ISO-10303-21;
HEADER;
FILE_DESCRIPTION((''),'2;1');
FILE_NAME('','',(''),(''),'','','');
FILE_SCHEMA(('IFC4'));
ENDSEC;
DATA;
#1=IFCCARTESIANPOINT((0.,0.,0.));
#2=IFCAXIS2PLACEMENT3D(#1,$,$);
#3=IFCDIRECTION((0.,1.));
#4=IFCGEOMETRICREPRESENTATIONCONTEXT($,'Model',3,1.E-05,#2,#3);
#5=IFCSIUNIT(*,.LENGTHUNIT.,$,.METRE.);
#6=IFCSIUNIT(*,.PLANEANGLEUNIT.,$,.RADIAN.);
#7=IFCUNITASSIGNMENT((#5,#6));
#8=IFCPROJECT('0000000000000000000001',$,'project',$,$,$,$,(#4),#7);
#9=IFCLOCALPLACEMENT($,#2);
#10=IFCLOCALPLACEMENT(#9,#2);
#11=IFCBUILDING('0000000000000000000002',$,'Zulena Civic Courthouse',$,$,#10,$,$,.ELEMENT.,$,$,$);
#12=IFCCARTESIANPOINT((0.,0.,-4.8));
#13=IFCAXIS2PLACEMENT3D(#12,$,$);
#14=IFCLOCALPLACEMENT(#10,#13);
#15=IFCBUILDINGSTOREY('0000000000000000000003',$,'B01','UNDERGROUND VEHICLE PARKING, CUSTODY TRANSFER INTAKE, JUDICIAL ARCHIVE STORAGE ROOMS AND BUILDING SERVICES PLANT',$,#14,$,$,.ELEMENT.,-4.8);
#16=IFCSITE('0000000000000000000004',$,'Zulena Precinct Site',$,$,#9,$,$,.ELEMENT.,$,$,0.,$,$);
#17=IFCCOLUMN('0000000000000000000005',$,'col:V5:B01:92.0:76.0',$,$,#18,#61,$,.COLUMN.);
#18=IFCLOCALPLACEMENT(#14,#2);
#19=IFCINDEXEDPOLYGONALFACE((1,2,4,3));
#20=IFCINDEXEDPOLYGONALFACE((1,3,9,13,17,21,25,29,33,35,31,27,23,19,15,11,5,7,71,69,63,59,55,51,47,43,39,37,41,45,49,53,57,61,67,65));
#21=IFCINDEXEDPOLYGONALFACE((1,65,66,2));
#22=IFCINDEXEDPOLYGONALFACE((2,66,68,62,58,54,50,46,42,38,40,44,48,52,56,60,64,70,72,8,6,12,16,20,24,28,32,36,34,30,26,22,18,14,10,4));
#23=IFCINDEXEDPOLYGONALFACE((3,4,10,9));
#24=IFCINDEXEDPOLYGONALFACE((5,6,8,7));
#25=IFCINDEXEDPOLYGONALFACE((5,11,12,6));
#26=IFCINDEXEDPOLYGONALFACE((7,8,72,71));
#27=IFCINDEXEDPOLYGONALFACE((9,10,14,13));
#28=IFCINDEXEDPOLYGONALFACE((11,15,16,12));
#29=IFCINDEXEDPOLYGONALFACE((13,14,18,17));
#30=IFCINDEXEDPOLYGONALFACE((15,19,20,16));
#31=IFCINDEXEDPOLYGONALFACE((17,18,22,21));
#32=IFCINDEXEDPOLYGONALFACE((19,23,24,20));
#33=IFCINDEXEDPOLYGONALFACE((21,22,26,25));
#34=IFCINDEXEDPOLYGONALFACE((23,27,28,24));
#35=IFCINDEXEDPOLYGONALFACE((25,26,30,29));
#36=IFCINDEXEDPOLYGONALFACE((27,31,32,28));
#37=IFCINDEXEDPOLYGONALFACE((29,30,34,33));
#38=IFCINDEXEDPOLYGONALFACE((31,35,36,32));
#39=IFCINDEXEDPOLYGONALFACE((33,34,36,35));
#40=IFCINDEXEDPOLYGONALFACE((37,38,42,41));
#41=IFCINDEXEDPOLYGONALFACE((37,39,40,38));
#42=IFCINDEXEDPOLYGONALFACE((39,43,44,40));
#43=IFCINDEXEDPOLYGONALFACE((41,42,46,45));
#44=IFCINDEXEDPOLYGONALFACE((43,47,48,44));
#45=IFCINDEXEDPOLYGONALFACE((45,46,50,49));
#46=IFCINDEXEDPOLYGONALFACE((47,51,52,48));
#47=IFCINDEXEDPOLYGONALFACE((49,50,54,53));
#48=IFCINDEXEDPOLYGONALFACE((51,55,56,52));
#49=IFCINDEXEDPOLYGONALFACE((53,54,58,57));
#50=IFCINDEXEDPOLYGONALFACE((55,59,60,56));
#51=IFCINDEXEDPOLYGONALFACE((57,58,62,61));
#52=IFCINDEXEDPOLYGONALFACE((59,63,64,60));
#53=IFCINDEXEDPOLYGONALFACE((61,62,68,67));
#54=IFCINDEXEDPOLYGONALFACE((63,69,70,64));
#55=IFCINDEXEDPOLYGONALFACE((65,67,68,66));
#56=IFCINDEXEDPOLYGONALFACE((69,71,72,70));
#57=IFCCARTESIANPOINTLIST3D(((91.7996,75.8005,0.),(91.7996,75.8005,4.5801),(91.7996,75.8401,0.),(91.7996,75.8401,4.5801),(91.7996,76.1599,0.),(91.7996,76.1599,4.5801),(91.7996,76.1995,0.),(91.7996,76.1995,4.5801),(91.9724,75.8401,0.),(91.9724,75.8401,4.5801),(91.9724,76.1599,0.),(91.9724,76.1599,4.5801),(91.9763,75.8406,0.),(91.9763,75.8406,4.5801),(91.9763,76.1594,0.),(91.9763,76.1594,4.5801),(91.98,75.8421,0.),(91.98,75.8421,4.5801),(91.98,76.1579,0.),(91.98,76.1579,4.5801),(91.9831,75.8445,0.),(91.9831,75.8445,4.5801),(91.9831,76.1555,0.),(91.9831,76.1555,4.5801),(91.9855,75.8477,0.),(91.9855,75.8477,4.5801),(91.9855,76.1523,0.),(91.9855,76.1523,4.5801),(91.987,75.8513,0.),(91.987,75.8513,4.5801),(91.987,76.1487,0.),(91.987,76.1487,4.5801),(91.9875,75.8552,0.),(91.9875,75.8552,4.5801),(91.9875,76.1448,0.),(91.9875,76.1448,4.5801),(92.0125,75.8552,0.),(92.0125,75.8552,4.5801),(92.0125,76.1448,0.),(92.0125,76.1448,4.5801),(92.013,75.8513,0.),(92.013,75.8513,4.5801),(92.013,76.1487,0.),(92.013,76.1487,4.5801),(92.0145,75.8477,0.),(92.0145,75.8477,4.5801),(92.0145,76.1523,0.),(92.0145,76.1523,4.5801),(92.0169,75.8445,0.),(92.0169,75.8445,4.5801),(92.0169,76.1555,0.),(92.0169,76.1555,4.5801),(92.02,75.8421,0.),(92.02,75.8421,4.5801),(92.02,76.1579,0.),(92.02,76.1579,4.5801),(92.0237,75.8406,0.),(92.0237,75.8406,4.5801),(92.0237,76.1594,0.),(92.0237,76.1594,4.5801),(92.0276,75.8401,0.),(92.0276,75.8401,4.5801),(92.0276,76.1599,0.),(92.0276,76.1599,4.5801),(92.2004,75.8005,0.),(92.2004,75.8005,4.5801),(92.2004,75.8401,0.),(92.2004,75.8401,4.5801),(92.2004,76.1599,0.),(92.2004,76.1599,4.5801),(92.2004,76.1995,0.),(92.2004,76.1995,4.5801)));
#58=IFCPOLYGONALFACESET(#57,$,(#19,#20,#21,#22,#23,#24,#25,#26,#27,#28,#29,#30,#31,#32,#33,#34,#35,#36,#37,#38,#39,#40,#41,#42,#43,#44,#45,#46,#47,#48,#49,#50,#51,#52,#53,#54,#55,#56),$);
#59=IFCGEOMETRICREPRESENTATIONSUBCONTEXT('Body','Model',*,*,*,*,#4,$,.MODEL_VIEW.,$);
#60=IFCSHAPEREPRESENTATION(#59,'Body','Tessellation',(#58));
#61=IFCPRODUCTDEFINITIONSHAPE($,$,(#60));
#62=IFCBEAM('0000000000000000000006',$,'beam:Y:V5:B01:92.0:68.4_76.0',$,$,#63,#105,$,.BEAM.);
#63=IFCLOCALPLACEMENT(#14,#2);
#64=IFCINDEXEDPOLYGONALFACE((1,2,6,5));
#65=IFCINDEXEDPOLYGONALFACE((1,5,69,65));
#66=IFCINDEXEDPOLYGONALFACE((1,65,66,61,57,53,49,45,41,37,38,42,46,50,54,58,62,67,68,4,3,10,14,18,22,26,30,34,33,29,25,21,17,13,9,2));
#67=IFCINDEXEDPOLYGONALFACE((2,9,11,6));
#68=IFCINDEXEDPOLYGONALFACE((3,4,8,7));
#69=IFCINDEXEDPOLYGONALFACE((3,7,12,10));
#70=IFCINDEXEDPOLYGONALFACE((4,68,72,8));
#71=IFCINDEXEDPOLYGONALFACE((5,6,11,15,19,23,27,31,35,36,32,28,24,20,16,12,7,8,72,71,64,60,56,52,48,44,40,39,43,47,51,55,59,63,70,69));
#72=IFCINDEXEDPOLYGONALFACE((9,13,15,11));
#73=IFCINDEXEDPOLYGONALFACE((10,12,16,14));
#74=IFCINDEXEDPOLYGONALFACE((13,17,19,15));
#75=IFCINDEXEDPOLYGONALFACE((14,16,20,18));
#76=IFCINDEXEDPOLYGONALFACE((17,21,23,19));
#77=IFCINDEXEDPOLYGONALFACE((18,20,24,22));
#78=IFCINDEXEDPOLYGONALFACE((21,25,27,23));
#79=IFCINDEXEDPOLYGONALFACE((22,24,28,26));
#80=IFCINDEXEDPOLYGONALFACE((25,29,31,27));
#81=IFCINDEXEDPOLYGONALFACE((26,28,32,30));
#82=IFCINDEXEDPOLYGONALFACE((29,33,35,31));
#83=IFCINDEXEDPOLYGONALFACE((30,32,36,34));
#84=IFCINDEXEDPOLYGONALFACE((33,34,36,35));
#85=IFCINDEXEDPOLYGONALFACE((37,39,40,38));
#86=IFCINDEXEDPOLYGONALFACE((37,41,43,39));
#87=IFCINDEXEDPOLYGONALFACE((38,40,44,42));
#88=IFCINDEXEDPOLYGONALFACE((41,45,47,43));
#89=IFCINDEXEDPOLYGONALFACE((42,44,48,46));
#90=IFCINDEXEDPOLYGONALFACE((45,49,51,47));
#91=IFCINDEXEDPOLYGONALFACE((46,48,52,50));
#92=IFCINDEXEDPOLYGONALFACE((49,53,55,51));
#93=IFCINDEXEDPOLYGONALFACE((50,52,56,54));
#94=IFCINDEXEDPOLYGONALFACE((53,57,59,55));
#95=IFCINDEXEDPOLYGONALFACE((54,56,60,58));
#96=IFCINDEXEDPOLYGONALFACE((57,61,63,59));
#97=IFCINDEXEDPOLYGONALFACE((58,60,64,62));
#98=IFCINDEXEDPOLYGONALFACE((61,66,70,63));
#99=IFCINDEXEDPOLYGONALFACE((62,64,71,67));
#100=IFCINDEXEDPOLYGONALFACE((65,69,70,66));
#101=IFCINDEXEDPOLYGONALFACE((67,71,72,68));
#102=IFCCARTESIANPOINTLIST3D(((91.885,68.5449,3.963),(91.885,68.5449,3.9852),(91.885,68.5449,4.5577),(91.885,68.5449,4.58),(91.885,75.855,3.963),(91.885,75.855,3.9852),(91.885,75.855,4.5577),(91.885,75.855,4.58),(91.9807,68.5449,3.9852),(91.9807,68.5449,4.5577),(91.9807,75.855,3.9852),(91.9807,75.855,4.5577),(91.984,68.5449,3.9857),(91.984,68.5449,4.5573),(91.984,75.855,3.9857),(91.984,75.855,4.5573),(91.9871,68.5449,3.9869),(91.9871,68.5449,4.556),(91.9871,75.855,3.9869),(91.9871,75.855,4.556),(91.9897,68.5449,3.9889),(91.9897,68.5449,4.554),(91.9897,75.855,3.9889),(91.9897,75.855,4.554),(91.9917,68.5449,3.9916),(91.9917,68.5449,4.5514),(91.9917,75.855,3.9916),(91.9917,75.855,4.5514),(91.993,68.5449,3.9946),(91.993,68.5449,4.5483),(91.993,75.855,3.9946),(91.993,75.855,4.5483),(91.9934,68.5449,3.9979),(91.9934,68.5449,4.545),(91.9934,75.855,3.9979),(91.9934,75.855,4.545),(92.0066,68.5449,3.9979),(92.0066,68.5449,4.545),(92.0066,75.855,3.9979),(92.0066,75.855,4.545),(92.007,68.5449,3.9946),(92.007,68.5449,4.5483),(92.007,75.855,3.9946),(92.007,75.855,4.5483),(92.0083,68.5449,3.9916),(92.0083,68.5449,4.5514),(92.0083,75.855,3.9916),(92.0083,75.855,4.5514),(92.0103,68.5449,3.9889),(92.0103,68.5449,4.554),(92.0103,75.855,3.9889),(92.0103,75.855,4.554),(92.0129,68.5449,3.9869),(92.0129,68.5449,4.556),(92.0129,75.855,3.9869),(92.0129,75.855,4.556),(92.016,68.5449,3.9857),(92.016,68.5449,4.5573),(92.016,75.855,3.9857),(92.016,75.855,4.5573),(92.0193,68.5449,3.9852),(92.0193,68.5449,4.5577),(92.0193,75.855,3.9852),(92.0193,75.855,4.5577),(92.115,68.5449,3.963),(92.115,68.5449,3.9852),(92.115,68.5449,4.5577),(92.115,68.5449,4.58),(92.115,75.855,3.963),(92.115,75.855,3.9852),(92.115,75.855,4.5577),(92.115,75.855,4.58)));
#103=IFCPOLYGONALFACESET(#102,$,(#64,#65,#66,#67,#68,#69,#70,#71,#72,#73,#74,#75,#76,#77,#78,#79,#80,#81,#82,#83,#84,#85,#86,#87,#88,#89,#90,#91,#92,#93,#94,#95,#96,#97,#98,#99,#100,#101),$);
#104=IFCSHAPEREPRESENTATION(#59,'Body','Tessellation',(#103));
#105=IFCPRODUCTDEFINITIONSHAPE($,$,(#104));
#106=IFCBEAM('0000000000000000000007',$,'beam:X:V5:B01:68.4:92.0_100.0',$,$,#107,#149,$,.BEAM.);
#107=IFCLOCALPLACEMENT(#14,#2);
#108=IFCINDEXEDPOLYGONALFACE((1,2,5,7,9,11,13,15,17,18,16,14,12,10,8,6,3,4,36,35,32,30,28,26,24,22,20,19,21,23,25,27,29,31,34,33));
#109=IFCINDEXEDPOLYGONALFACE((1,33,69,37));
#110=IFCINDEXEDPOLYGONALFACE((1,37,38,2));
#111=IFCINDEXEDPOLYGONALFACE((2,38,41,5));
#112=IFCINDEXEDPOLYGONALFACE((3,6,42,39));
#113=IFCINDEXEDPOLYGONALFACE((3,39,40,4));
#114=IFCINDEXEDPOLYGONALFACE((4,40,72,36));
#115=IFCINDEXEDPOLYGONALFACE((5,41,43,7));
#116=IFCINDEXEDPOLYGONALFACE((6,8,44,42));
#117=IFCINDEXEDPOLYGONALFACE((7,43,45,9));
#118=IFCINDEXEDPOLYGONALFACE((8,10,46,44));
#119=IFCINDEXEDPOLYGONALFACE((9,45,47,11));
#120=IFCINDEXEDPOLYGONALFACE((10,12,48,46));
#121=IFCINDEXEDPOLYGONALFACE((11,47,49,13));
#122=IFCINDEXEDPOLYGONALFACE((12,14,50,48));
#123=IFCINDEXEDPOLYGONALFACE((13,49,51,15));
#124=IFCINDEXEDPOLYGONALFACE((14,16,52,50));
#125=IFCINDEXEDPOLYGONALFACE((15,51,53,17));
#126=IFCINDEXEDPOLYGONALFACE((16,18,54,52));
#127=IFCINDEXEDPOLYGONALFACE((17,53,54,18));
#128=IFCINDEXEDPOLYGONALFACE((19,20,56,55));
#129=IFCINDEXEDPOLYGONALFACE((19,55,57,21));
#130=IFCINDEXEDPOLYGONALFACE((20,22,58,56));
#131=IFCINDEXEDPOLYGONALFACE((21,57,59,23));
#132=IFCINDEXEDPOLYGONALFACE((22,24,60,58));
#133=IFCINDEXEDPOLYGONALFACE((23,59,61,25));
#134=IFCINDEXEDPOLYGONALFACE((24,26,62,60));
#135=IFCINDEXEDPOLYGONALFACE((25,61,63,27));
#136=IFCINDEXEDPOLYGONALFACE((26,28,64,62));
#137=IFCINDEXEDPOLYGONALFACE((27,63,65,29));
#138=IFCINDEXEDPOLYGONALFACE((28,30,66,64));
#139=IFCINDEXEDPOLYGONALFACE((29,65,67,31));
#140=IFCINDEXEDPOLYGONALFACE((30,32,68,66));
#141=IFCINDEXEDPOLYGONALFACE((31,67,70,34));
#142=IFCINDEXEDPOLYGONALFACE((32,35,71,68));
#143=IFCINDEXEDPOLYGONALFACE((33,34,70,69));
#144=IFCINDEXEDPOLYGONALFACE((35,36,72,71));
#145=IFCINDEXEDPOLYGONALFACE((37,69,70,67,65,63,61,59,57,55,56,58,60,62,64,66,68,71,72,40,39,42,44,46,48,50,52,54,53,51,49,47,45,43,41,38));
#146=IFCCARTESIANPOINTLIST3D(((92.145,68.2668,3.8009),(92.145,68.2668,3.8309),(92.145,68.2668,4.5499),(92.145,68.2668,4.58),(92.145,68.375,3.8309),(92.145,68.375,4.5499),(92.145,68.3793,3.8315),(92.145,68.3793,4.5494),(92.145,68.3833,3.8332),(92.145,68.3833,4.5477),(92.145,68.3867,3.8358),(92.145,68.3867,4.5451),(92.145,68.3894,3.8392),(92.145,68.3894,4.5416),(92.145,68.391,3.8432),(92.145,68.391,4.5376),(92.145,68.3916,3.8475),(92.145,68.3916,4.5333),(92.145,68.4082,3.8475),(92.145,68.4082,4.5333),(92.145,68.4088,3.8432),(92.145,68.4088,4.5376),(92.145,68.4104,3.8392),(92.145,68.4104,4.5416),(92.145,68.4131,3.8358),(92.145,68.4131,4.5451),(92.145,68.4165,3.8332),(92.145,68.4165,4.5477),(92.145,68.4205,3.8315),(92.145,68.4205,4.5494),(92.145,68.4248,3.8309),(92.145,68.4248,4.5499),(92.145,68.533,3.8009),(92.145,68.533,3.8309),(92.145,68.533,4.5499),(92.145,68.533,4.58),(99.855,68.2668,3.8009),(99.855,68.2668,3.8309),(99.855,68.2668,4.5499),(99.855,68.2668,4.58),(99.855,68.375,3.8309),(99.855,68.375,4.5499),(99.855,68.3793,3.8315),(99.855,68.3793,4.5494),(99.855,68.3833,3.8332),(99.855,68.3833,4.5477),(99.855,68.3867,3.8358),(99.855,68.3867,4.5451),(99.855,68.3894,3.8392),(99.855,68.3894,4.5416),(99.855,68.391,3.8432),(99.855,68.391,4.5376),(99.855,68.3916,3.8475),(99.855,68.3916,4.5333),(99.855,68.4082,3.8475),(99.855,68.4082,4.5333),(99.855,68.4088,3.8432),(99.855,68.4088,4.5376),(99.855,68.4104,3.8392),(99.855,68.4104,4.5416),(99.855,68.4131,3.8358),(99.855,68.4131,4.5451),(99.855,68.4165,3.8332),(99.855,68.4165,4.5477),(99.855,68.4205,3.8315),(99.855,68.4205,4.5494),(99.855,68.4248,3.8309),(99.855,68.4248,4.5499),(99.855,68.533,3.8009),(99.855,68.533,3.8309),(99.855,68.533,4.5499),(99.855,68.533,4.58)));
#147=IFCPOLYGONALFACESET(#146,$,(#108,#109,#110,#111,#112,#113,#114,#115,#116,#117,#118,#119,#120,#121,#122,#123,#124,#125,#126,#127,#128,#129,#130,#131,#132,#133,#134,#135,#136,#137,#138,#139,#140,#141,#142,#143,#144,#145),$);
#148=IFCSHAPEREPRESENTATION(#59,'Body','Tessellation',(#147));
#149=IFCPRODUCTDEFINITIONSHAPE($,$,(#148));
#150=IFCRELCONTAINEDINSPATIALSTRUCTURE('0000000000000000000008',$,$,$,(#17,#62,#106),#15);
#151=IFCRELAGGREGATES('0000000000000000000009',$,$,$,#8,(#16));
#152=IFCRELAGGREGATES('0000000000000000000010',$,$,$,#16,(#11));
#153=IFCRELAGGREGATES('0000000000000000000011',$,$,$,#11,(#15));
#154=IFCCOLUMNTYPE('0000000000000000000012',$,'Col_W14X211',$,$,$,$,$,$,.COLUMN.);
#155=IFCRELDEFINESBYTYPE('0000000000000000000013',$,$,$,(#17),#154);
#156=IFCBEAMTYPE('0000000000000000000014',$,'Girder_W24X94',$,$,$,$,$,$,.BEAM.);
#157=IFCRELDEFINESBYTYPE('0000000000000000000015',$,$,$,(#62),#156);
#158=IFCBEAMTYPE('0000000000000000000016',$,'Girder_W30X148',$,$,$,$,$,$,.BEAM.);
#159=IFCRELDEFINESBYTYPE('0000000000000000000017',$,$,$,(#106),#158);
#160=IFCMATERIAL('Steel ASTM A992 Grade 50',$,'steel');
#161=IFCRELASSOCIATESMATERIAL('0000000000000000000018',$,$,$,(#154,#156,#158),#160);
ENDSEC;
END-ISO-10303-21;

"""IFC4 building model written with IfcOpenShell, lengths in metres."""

from ifc_helpers import new_model, si_unit, direction, frame, origin, origin_2d, place, context, subcontext, project, spatial, i_section, extrude, material, material_profile, profile_set, type_object, element, save


model = new_model("IFC4")

# Units and contexts
model_context = context("Model", 3, precision=1e-05, world=origin(), true_north=direction((0.0, 1.0)))
body_context = subcontext(model_context, "Body", "Model", "MODEL_VIEW")
ifc_project = project(units=[si_unit("LENGTHUNIT", "METRE"), si_unit("PLANEANGLEUNIT", "RADIAN")], contexts=[model_context])

# Site, building, storey
site_placement = place(None, origin())
site = spatial("IfcSite", under=ifc_project, at=site_placement, Name="Zulena Precinct Site", CompositionType="ELEMENT", RefElevation=0.0)
building_placement = place(site_placement, origin())
building = spatial("IfcBuilding", under=site, at=building_placement, Name="Zulena Civic Courthouse", CompositionType="ELEMENT")
storey_placement = place(building_placement, frame((0.0, 0.0, -4.8)))
storey = spatial("IfcBuildingStorey", under=building, at=storey_placement, Name="B01", Description="UNDERGROUND VEHICLE PARKING, CUSTODY TRANSFER INTAKE, JUDICIAL ARCHIVE STORAGE ROOMS AND BUILDING SERVICES PLANT", CompositionType="ELEMENT", Elevation=-4.8)

# Column
ifc_material_1 = material(Name="Steel ASTM A992 Grade 50", Category="steel")
ifc_material_profile_1 = material_profile(ifc_material_1, i_section(OverallWidth=0.4009, OverallDepth=0.3989, WebThickness=0.0249, FlangeThickness=0.0396, FilletRadius=0.0151, at=origin_2d()), Name="W14X211")
ifc_profile_set_1 = profile_set([ifc_material_profile_1], Name="Steel ASTM A992 Grade 50")
column_type = type_object("IfcColumnType", Name="Col_W14X211", PredefinedType="COLUMN", material=ifc_profile_set_1)
for number, where, z_axis, x_axis, name in (
    (1, (92.0, 76.0, 0.0), (0.0, 0.0, 1.0), (1.0, 0.0, 0.0), "col:V5:B01:92.0:76.0"),
):
    element("IfcColumn", number, at=place(storey_placement, frame(where, z_axis=z_axis, x_axis=x_axis)), inside=storey, type_object=column_type, Name=name, PredefinedType="COLUMN", context=body_context, shape_type="SweptSolid", body=[
        extrude(i_section(OverallWidth=0.4009, OverallDepth=0.3989, WebThickness=0.0249, FlangeThickness=0.0396, FilletRadius=0.0151, at=origin_2d()), origin(), (0.0, 0.0, 1.0), 4.5801),
    ])

# Beams
ifc_material_profile_2 = material_profile(ifc_material_1, i_section(OverallWidth=0.23, OverallDepth=0.6169, WebThickness=0.0132, FlangeThickness=0.0222, FilletRadius=0.0127, at=origin_2d()), Name="W24X94")
ifc_profile_set_2 = profile_set([ifc_material_profile_2], Name="Steel ASTM A992 Grade 50")
beam_type_1 = type_object("IfcBeamType", Name="Girder_W24X94", PredefinedType="BEAM", material=ifc_profile_set_2)
beam_1_placement = place(storey_placement, frame((92.0, 68.5449, 4.2715), z_axis=(0.0, 1.0, 0.0), x_axis=(-1.0, 0.0, 0.0)))
element("IfcBeam", 2, at=beam_1_placement, inside=storey, type_object=beam_type_1, Name="beam:Y:V5:B01:92.0:68.4_76.0", PredefinedType="BEAM", context=body_context, shape_type="SweptSolid", body=[
    extrude(i_section(OverallWidth=0.23, OverallDepth=0.6169, WebThickness=0.0132, FlangeThickness=0.0222, FilletRadius=0.0127, at=origin_2d()), origin(), (0.0, 0.0, 1.0), 7.3101),
])
ifc_material_profile_3 = material_profile(ifc_material_1, i_section(OverallWidth=0.2661, OverallDepth=0.7791, WebThickness=0.0166, FlangeThickness=0.03, FilletRadius=0.0166, at=origin_2d()), Name="W30X148")
ifc_profile_set_3 = profile_set([ifc_material_profile_3], Name="Steel ASTM A992 Grade 50")
beam_type_2 = type_object("IfcBeamType", Name="Girder_W30X148", PredefinedType="BEAM", material=ifc_profile_set_3)
beam_2_placement = place(storey_placement, frame((92.145, 68.3999, 4.1904), z_axis=(1.0, 0.0, 0.0), x_axis=(0.0, 1.0, 0.0)))
element("IfcBeam", 3, at=beam_2_placement, inside=storey, type_object=beam_type_2, Name="beam:X:V5:B01:68.4:92.0_100.0", PredefinedType="BEAM", context=body_context, shape_type="SweptSolid", body=[
    extrude(i_section(OverallWidth=0.2661, OverallDepth=0.7791, WebThickness=0.0166, FlangeThickness=0.03, FilletRadius=0.0166, at=origin_2d()), origin(), (0.0, 0.0, 1.0), 7.71),
])

save(model, "model.ifc")
